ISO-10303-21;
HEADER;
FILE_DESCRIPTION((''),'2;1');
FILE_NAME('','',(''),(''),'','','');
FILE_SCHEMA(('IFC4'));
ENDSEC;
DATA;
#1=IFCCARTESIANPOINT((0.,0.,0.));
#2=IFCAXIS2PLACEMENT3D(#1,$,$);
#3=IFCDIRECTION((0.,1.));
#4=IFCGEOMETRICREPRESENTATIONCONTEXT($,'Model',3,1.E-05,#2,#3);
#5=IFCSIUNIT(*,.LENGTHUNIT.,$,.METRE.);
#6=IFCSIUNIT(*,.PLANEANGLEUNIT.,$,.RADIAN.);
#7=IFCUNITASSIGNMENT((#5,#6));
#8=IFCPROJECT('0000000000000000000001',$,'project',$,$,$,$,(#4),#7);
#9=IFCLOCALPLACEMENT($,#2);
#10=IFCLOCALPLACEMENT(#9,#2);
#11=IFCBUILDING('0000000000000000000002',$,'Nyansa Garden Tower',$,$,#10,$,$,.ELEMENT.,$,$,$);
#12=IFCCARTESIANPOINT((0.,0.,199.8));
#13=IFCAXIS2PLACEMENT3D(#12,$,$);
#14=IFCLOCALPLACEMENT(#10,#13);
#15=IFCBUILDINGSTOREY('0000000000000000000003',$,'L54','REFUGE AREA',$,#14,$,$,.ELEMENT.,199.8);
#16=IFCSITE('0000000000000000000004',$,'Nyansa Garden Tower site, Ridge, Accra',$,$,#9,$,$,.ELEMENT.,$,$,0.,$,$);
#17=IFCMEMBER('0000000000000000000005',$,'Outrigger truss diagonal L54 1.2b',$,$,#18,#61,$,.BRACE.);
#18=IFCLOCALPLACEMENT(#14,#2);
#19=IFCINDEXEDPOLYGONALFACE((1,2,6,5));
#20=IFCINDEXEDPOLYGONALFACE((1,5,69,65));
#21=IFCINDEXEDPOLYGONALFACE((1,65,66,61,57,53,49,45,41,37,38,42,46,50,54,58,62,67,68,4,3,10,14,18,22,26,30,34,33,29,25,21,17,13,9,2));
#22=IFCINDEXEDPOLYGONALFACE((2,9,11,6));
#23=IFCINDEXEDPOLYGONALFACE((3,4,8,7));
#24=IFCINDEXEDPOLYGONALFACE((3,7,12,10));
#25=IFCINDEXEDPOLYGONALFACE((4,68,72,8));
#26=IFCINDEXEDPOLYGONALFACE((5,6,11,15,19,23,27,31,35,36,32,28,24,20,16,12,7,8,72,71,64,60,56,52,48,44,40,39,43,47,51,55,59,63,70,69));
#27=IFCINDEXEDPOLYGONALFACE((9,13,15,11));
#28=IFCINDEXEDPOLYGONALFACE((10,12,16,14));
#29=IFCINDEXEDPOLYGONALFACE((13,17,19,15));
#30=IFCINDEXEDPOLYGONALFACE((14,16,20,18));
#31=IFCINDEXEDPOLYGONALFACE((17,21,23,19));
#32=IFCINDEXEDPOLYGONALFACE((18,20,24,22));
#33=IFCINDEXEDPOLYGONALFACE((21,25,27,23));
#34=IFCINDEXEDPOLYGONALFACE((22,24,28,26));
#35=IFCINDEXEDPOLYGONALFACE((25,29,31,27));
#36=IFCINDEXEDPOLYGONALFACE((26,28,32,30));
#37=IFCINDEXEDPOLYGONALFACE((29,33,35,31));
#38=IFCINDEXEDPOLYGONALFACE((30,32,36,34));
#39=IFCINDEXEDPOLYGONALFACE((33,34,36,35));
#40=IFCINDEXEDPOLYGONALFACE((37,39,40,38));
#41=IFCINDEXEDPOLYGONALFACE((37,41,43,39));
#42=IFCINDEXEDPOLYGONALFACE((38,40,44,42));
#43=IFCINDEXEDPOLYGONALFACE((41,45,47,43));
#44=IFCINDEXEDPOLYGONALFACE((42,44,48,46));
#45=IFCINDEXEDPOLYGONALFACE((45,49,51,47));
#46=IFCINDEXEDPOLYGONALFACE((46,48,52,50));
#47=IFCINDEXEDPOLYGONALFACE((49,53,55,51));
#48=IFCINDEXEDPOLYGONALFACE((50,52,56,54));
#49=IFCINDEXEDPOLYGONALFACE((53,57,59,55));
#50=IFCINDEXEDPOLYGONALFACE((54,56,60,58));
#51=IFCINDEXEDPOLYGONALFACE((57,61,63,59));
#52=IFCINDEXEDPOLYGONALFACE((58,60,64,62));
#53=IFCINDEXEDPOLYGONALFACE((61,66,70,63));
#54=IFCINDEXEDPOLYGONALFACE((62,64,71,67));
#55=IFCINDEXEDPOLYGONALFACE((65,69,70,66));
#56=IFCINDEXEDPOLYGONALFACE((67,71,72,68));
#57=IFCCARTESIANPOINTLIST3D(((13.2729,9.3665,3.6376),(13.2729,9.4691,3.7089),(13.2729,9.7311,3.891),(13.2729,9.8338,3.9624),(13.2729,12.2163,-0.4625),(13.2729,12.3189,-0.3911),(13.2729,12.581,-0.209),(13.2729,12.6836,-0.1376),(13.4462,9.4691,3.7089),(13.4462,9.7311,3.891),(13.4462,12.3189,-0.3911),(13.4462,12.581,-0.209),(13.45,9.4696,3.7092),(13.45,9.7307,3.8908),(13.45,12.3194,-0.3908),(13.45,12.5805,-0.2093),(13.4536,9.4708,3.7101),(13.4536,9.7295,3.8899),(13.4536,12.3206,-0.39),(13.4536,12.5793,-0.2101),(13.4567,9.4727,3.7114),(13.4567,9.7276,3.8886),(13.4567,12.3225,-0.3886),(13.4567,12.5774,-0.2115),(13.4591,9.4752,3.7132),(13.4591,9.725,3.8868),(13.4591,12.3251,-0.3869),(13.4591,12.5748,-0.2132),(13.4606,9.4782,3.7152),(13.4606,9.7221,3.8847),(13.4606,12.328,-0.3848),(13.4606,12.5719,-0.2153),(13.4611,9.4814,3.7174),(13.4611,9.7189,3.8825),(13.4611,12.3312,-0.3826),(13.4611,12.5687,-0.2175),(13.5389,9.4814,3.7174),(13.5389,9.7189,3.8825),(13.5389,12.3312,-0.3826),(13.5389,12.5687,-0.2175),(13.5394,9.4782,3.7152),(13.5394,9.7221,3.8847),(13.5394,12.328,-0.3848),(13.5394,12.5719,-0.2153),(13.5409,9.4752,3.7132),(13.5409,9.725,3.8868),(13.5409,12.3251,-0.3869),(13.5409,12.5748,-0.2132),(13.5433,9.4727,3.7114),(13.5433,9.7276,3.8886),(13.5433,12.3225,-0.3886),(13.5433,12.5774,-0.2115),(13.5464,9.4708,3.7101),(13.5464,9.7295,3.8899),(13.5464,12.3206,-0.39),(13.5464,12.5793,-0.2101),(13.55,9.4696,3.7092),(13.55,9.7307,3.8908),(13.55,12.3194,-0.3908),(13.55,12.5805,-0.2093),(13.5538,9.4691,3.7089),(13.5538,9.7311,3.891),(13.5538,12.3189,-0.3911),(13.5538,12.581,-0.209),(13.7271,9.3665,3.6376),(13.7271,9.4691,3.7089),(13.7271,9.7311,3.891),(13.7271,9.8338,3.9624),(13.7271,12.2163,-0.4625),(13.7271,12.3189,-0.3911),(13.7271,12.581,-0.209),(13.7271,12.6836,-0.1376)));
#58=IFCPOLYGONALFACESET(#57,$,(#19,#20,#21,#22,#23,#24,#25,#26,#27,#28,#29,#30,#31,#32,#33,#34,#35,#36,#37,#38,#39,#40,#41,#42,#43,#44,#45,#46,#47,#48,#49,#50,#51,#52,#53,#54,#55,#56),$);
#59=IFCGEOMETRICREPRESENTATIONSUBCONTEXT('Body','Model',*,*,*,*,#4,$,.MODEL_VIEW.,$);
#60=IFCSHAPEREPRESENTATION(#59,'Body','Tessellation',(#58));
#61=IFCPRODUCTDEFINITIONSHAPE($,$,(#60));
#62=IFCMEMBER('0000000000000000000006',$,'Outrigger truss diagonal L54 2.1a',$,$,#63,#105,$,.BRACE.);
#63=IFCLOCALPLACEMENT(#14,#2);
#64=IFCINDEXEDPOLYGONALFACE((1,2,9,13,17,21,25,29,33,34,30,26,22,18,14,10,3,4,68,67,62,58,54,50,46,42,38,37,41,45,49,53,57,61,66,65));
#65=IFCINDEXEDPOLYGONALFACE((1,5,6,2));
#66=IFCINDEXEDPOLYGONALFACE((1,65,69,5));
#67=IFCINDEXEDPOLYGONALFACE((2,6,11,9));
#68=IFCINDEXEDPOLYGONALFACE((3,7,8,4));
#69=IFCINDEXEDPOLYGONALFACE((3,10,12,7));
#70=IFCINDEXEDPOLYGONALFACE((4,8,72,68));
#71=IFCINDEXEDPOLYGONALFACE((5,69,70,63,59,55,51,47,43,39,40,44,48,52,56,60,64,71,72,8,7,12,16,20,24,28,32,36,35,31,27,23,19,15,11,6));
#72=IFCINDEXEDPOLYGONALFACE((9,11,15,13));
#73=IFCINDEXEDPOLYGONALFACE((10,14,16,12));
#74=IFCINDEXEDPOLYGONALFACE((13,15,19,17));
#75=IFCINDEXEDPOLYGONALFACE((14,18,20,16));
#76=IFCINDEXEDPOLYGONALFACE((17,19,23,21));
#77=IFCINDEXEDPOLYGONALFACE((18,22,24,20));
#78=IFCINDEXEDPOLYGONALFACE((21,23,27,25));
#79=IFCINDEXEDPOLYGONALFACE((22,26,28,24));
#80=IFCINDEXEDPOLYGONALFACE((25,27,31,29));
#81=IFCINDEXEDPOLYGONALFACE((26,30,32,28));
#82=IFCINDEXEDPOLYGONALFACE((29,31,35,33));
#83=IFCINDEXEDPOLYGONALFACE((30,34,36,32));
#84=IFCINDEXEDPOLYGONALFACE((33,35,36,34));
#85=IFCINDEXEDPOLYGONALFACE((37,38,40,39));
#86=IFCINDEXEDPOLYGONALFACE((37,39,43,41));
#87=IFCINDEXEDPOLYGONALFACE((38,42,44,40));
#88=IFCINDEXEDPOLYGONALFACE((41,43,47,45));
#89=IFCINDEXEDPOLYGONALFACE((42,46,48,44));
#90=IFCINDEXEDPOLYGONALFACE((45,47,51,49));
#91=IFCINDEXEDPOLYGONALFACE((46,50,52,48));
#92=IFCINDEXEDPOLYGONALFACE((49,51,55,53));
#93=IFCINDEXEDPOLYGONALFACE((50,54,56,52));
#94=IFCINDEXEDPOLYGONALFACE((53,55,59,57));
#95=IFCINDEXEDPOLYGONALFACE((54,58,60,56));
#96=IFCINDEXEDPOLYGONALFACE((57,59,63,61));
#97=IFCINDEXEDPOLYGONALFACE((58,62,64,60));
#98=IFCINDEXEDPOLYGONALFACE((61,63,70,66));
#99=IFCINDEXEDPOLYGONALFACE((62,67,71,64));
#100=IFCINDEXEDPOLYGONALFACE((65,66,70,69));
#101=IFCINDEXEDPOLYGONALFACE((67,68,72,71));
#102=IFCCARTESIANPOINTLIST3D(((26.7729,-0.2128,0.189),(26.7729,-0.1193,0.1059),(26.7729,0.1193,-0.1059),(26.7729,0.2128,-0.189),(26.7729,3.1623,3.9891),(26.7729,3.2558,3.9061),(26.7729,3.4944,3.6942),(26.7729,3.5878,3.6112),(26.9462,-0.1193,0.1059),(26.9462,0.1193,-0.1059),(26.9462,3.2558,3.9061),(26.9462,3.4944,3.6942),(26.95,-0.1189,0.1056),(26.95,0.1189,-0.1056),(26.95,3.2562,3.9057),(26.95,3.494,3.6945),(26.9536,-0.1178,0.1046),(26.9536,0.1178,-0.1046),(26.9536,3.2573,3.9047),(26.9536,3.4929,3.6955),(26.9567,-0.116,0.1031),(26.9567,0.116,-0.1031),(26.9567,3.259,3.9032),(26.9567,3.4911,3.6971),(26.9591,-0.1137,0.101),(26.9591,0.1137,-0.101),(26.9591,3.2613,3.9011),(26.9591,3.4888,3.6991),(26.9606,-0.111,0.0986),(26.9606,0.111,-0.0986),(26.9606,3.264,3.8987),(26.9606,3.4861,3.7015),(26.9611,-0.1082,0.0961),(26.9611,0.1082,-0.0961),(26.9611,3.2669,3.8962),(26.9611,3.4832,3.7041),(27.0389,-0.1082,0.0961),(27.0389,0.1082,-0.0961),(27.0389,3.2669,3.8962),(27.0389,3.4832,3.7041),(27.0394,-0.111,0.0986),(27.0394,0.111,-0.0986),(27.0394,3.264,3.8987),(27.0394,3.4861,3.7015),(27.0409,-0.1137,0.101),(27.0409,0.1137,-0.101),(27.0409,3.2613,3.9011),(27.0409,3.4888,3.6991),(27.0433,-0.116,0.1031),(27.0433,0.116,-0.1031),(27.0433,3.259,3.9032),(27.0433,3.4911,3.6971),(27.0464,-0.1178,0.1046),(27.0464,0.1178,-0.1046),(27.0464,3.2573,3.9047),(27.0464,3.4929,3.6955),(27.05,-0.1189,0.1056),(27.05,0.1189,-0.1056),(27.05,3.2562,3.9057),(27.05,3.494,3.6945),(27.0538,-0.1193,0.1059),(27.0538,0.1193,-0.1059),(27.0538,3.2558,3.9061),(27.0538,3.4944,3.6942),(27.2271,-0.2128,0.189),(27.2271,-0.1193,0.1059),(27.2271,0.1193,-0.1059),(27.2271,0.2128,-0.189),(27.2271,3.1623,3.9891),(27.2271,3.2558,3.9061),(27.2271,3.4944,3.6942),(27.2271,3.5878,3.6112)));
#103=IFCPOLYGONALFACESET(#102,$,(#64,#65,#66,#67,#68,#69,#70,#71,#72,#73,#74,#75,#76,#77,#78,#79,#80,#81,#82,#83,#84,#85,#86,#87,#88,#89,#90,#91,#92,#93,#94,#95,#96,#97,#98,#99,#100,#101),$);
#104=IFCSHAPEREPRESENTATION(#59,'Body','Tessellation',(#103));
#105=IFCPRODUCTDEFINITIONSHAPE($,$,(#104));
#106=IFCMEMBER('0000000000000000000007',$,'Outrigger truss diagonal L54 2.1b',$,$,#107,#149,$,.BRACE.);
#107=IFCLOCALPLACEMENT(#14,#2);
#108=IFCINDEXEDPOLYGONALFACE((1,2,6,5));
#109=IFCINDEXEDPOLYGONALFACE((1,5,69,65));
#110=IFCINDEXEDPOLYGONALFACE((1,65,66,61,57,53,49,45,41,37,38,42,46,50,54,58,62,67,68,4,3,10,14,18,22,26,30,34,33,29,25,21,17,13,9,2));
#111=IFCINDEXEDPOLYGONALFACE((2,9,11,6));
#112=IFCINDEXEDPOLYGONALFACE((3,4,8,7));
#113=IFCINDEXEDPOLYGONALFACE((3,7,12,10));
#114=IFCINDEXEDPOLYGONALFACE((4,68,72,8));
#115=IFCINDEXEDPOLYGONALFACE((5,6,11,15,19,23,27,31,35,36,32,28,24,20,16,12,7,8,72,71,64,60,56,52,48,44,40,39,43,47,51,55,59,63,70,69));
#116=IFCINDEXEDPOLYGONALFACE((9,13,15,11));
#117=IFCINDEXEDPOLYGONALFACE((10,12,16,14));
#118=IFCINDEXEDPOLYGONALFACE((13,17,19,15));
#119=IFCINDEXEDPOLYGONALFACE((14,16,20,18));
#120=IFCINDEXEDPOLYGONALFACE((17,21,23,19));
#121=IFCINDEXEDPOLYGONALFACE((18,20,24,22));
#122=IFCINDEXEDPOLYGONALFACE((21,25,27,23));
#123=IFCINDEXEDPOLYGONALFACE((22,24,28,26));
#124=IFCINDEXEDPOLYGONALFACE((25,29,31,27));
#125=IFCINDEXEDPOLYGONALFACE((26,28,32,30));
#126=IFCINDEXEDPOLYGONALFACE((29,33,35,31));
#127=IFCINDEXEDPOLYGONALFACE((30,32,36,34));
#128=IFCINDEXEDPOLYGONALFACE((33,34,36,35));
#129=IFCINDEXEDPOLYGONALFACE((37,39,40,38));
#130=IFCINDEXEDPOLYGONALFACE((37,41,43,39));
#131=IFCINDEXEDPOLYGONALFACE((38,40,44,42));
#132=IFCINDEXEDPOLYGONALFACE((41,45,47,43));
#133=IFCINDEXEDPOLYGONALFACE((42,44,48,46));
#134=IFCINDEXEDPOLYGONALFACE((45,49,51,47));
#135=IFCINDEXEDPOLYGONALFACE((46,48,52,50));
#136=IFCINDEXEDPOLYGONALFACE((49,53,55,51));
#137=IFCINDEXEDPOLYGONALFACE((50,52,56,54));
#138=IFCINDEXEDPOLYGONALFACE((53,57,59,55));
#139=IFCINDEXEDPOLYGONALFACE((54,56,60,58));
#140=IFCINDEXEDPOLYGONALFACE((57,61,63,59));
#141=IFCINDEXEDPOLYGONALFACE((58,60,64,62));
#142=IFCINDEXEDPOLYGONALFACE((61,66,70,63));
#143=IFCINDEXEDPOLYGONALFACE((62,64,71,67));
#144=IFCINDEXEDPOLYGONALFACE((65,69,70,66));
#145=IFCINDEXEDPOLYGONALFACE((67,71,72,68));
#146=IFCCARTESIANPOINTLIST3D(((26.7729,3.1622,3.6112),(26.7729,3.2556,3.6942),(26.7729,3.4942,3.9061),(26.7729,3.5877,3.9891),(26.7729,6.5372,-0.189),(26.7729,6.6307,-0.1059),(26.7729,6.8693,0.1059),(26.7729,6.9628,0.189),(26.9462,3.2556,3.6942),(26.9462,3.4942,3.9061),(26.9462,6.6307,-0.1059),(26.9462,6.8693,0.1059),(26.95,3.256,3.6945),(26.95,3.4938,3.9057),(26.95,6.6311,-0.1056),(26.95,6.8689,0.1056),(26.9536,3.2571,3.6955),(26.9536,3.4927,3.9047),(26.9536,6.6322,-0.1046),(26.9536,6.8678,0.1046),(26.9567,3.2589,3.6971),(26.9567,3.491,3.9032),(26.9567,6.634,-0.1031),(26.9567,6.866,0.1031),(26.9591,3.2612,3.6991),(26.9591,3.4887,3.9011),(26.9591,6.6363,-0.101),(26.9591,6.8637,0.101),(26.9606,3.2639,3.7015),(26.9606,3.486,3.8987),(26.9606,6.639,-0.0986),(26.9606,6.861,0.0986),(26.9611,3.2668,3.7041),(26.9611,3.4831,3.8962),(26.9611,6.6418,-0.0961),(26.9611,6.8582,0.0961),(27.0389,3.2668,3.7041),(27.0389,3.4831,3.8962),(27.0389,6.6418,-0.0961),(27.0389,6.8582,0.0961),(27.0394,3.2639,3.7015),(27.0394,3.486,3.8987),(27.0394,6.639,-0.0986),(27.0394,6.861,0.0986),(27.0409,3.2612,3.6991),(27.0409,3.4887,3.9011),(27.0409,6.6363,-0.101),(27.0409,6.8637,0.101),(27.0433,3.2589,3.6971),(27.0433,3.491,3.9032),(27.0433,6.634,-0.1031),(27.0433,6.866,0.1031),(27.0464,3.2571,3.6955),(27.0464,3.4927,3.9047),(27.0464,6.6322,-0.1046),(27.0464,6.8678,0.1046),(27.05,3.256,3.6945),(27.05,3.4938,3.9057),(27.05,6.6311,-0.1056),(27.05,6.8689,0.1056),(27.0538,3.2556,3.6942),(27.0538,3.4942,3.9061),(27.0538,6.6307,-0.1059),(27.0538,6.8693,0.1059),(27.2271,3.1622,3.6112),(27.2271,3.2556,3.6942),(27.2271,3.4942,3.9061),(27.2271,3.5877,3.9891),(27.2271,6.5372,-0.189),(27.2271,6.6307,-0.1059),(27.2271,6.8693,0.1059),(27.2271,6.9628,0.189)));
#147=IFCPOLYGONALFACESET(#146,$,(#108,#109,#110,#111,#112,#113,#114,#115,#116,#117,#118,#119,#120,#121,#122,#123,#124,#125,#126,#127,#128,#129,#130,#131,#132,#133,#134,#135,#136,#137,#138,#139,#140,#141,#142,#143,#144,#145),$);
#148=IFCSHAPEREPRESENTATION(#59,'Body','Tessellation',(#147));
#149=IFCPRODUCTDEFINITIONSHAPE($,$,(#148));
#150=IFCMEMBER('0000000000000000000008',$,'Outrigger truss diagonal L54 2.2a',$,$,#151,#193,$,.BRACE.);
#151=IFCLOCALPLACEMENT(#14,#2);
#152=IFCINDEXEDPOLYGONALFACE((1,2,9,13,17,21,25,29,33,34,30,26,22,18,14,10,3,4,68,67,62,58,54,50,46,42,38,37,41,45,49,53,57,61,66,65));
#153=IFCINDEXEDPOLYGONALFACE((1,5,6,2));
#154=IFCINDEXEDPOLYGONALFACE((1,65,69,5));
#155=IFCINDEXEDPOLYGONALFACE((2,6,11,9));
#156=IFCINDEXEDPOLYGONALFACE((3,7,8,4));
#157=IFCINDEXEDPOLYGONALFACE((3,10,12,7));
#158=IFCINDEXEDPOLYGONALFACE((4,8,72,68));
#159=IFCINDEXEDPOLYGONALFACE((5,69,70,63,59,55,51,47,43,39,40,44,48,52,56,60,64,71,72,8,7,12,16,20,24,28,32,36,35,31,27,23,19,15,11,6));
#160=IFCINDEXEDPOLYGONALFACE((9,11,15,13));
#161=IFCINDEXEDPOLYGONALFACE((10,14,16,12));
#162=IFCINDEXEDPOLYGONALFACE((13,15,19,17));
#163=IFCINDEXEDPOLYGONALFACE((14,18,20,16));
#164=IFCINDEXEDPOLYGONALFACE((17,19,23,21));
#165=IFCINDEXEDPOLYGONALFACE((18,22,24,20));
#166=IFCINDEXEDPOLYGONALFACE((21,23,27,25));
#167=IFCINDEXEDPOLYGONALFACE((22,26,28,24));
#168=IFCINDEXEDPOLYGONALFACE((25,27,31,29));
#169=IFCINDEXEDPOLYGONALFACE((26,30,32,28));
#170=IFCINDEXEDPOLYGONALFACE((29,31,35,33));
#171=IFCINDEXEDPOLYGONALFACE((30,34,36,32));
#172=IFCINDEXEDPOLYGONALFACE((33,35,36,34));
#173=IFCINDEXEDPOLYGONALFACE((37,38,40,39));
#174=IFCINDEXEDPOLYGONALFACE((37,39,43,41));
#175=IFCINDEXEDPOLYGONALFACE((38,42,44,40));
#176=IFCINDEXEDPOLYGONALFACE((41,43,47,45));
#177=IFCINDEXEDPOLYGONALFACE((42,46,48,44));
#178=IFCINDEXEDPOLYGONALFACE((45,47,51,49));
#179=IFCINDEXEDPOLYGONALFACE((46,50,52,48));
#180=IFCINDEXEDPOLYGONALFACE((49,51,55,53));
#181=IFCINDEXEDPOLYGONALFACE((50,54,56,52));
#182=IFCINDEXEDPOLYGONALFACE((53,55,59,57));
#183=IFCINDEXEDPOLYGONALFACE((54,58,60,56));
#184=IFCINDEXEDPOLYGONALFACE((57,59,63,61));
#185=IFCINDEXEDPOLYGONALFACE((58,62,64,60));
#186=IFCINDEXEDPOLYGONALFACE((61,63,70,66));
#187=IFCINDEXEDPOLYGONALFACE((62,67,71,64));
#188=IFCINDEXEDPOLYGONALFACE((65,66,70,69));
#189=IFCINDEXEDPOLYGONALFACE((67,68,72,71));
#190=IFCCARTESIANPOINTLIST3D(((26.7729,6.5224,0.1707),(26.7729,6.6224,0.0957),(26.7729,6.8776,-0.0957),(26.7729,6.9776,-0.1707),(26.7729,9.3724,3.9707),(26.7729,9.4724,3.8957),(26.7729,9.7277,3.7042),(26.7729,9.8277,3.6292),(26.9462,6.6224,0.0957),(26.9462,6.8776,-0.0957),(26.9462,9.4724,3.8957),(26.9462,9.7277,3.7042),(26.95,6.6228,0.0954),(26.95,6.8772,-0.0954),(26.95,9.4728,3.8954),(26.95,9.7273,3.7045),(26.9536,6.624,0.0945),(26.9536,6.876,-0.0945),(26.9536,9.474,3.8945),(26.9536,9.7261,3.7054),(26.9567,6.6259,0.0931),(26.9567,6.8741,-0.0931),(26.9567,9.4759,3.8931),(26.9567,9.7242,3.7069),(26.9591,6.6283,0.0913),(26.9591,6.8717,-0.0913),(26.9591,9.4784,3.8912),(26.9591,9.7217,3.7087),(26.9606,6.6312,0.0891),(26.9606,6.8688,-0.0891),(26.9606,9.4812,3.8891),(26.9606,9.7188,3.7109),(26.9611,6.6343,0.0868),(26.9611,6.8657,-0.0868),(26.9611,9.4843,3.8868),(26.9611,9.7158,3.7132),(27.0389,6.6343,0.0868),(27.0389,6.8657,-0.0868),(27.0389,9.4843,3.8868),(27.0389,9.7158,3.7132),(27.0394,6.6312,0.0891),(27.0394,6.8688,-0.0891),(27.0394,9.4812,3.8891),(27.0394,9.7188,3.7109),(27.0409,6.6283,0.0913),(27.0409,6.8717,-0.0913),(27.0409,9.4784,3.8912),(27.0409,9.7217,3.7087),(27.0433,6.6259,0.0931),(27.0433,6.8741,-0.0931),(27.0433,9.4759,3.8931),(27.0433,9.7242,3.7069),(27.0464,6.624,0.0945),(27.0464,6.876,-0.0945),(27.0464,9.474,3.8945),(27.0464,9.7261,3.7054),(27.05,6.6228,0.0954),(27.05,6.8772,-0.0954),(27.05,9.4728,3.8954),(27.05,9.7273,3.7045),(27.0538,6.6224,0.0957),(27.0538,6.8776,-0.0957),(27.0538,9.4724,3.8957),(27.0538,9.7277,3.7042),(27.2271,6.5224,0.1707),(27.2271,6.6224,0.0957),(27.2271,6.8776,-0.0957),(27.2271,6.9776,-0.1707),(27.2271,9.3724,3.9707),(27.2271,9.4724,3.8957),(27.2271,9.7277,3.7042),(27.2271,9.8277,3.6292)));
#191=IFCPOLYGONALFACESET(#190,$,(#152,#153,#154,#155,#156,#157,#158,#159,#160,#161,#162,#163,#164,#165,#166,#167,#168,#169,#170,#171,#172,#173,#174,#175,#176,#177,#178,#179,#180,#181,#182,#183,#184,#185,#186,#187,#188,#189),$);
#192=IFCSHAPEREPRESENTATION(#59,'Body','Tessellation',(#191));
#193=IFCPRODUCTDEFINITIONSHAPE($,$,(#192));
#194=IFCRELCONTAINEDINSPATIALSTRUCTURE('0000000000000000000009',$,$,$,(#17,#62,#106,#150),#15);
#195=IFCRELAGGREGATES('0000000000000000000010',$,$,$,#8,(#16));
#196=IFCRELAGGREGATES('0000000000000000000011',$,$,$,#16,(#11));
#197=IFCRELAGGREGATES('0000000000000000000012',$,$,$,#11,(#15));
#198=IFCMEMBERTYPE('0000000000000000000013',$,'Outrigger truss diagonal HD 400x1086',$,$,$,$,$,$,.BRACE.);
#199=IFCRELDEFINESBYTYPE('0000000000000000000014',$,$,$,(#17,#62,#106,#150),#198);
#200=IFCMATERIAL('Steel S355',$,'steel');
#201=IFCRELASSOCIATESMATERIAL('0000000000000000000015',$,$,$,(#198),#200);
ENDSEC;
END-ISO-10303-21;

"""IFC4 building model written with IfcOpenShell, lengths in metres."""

from ifc_helpers import new_model, si_unit, direction, frame, origin, origin_2d, place, context, subcontext, project, spatial, i_section, extrude, material, material_profile, profile_set, type_object, element, save


model = new_model("IFC4")

# Units and contexts
model_context = context("Model", 3, precision=1e-05, world=origin(), true_north=direction((0.0, 1.0)))
body_context = subcontext(model_context, "Body", "Model", "MODEL_VIEW")
ifc_project = project(units=[si_unit("LENGTHUNIT", "METRE"), si_unit("PLANEANGLEUNIT", "RADIAN")], contexts=[model_context])

# Site, building, storey
site_placement = place(None, origin())
site = spatial("IfcSite", under=ifc_project, at=site_placement, Name="Nyansa Garden Tower site, Ridge, Accra", CompositionType="ELEMENT", RefElevation=0.0)
building_placement = place(site_placement, origin())
building = spatial("IfcBuilding", under=site, at=building_placement, Name="Nyansa Garden Tower", CompositionType="ELEMENT")
storey_placement = place(building_placement, frame((0.0, 0.0, 199.8)))
storey = spatial("IfcBuildingStorey", under=building, at=storey_placement, Name="L54", Description="REFUGE AREA", CompositionType="ELEMENT", Elevation=199.8)

# Members
ifc_material_1 = material(Name="Steel S355", Category="steel")
ifc_material_profile_1 = material_profile(ifc_material_1, i_section(OverallWidth=0.4541, OverallDepth=0.5691, WebThickness=0.0779, FlangeThickness=0.125, FilletRadius=0.0149, at=origin_2d()), Name="HD 400x1086")
ifc_profile_set_1 = profile_set([ifc_material_profile_1], Name="Steel S355")
member_type_1 = type_object("IfcMemberType", Name="Outrigger truss diagonal HD 400x1086", PredefinedType="BRACE", material=ifc_profile_set_1)
member_1_placement = place(storey_placement, frame((13.5, 12.45, -0.3), z_axis=(0.0, -0.570742, 0.821129), x_axis=(1.0, 0.0, 0.0)))
element("IfcMember", 1, at=member_1_placement, inside=storey, type_object=member_type_1, Name="Outrigger truss diagonal L54 1.2b", PredefinedType="BRACE", context=body_context, shape_type="SweptSolid", body=[
    extrude(i_section(OverallWidth=0.4541, OverallDepth=0.5691, WebThickness=0.0779, FlangeThickness=0.125, FilletRadius=0.0149, at=origin_2d()), origin(), (0.0, 0.0, 1.0), 4.9932),
])
for number, where, z_axis, x_axis, name in (
    (2, (27.0, 0.0, 0.0), (0.0, 0.664054, 0.747685), (-1.0, 0.0, 0.0), "Outrigger truss diagonal L54 2.1a"),
    (3, (27.0, 6.75, 0.0), (0.0, -0.664054, 0.747685), (1.0, 0.0, 0.0), "Outrigger truss diagonal L54 2.1b"),
):
    element("IfcMember", number, at=place(storey_placement, frame(where, z_axis=z_axis, x_axis=x_axis)), inside=storey, type_object=member_type_1, Name=name, PredefinedType="BRACE", context=body_context, shape_type="SweptSolid", body=[
        extrude(i_section(OverallWidth=0.4541, OverallDepth=0.5691, WebThickness=0.0779, FlangeThickness=0.125, FilletRadius=0.0149, at=origin_2d()), origin(), (0.0, 0.0, 1.0), 5.0825),
    ])
member_2_placement = place(storey_placement, frame((27.0, 6.75, 0.0), z_axis=(0.0, 0.600008, 0.799994), x_axis=(-1.0, 0.0, 0.0)))
element("IfcMember", 4, at=member_2_placement, inside=storey, type_object=member_type_1, Name="Outrigger truss diagonal L54 2.2a", PredefinedType="BRACE", context=body_context, shape_type="SweptSolid", body=[
    extrude(i_section(OverallWidth=0.4541, OverallDepth=0.5691, WebThickness=0.0779, FlangeThickness=0.125, FilletRadius=0.0149, at=origin_2d()), origin(), (0.0, 0.0, 1.0), 4.75),
])

save(model, "model.ifc")
